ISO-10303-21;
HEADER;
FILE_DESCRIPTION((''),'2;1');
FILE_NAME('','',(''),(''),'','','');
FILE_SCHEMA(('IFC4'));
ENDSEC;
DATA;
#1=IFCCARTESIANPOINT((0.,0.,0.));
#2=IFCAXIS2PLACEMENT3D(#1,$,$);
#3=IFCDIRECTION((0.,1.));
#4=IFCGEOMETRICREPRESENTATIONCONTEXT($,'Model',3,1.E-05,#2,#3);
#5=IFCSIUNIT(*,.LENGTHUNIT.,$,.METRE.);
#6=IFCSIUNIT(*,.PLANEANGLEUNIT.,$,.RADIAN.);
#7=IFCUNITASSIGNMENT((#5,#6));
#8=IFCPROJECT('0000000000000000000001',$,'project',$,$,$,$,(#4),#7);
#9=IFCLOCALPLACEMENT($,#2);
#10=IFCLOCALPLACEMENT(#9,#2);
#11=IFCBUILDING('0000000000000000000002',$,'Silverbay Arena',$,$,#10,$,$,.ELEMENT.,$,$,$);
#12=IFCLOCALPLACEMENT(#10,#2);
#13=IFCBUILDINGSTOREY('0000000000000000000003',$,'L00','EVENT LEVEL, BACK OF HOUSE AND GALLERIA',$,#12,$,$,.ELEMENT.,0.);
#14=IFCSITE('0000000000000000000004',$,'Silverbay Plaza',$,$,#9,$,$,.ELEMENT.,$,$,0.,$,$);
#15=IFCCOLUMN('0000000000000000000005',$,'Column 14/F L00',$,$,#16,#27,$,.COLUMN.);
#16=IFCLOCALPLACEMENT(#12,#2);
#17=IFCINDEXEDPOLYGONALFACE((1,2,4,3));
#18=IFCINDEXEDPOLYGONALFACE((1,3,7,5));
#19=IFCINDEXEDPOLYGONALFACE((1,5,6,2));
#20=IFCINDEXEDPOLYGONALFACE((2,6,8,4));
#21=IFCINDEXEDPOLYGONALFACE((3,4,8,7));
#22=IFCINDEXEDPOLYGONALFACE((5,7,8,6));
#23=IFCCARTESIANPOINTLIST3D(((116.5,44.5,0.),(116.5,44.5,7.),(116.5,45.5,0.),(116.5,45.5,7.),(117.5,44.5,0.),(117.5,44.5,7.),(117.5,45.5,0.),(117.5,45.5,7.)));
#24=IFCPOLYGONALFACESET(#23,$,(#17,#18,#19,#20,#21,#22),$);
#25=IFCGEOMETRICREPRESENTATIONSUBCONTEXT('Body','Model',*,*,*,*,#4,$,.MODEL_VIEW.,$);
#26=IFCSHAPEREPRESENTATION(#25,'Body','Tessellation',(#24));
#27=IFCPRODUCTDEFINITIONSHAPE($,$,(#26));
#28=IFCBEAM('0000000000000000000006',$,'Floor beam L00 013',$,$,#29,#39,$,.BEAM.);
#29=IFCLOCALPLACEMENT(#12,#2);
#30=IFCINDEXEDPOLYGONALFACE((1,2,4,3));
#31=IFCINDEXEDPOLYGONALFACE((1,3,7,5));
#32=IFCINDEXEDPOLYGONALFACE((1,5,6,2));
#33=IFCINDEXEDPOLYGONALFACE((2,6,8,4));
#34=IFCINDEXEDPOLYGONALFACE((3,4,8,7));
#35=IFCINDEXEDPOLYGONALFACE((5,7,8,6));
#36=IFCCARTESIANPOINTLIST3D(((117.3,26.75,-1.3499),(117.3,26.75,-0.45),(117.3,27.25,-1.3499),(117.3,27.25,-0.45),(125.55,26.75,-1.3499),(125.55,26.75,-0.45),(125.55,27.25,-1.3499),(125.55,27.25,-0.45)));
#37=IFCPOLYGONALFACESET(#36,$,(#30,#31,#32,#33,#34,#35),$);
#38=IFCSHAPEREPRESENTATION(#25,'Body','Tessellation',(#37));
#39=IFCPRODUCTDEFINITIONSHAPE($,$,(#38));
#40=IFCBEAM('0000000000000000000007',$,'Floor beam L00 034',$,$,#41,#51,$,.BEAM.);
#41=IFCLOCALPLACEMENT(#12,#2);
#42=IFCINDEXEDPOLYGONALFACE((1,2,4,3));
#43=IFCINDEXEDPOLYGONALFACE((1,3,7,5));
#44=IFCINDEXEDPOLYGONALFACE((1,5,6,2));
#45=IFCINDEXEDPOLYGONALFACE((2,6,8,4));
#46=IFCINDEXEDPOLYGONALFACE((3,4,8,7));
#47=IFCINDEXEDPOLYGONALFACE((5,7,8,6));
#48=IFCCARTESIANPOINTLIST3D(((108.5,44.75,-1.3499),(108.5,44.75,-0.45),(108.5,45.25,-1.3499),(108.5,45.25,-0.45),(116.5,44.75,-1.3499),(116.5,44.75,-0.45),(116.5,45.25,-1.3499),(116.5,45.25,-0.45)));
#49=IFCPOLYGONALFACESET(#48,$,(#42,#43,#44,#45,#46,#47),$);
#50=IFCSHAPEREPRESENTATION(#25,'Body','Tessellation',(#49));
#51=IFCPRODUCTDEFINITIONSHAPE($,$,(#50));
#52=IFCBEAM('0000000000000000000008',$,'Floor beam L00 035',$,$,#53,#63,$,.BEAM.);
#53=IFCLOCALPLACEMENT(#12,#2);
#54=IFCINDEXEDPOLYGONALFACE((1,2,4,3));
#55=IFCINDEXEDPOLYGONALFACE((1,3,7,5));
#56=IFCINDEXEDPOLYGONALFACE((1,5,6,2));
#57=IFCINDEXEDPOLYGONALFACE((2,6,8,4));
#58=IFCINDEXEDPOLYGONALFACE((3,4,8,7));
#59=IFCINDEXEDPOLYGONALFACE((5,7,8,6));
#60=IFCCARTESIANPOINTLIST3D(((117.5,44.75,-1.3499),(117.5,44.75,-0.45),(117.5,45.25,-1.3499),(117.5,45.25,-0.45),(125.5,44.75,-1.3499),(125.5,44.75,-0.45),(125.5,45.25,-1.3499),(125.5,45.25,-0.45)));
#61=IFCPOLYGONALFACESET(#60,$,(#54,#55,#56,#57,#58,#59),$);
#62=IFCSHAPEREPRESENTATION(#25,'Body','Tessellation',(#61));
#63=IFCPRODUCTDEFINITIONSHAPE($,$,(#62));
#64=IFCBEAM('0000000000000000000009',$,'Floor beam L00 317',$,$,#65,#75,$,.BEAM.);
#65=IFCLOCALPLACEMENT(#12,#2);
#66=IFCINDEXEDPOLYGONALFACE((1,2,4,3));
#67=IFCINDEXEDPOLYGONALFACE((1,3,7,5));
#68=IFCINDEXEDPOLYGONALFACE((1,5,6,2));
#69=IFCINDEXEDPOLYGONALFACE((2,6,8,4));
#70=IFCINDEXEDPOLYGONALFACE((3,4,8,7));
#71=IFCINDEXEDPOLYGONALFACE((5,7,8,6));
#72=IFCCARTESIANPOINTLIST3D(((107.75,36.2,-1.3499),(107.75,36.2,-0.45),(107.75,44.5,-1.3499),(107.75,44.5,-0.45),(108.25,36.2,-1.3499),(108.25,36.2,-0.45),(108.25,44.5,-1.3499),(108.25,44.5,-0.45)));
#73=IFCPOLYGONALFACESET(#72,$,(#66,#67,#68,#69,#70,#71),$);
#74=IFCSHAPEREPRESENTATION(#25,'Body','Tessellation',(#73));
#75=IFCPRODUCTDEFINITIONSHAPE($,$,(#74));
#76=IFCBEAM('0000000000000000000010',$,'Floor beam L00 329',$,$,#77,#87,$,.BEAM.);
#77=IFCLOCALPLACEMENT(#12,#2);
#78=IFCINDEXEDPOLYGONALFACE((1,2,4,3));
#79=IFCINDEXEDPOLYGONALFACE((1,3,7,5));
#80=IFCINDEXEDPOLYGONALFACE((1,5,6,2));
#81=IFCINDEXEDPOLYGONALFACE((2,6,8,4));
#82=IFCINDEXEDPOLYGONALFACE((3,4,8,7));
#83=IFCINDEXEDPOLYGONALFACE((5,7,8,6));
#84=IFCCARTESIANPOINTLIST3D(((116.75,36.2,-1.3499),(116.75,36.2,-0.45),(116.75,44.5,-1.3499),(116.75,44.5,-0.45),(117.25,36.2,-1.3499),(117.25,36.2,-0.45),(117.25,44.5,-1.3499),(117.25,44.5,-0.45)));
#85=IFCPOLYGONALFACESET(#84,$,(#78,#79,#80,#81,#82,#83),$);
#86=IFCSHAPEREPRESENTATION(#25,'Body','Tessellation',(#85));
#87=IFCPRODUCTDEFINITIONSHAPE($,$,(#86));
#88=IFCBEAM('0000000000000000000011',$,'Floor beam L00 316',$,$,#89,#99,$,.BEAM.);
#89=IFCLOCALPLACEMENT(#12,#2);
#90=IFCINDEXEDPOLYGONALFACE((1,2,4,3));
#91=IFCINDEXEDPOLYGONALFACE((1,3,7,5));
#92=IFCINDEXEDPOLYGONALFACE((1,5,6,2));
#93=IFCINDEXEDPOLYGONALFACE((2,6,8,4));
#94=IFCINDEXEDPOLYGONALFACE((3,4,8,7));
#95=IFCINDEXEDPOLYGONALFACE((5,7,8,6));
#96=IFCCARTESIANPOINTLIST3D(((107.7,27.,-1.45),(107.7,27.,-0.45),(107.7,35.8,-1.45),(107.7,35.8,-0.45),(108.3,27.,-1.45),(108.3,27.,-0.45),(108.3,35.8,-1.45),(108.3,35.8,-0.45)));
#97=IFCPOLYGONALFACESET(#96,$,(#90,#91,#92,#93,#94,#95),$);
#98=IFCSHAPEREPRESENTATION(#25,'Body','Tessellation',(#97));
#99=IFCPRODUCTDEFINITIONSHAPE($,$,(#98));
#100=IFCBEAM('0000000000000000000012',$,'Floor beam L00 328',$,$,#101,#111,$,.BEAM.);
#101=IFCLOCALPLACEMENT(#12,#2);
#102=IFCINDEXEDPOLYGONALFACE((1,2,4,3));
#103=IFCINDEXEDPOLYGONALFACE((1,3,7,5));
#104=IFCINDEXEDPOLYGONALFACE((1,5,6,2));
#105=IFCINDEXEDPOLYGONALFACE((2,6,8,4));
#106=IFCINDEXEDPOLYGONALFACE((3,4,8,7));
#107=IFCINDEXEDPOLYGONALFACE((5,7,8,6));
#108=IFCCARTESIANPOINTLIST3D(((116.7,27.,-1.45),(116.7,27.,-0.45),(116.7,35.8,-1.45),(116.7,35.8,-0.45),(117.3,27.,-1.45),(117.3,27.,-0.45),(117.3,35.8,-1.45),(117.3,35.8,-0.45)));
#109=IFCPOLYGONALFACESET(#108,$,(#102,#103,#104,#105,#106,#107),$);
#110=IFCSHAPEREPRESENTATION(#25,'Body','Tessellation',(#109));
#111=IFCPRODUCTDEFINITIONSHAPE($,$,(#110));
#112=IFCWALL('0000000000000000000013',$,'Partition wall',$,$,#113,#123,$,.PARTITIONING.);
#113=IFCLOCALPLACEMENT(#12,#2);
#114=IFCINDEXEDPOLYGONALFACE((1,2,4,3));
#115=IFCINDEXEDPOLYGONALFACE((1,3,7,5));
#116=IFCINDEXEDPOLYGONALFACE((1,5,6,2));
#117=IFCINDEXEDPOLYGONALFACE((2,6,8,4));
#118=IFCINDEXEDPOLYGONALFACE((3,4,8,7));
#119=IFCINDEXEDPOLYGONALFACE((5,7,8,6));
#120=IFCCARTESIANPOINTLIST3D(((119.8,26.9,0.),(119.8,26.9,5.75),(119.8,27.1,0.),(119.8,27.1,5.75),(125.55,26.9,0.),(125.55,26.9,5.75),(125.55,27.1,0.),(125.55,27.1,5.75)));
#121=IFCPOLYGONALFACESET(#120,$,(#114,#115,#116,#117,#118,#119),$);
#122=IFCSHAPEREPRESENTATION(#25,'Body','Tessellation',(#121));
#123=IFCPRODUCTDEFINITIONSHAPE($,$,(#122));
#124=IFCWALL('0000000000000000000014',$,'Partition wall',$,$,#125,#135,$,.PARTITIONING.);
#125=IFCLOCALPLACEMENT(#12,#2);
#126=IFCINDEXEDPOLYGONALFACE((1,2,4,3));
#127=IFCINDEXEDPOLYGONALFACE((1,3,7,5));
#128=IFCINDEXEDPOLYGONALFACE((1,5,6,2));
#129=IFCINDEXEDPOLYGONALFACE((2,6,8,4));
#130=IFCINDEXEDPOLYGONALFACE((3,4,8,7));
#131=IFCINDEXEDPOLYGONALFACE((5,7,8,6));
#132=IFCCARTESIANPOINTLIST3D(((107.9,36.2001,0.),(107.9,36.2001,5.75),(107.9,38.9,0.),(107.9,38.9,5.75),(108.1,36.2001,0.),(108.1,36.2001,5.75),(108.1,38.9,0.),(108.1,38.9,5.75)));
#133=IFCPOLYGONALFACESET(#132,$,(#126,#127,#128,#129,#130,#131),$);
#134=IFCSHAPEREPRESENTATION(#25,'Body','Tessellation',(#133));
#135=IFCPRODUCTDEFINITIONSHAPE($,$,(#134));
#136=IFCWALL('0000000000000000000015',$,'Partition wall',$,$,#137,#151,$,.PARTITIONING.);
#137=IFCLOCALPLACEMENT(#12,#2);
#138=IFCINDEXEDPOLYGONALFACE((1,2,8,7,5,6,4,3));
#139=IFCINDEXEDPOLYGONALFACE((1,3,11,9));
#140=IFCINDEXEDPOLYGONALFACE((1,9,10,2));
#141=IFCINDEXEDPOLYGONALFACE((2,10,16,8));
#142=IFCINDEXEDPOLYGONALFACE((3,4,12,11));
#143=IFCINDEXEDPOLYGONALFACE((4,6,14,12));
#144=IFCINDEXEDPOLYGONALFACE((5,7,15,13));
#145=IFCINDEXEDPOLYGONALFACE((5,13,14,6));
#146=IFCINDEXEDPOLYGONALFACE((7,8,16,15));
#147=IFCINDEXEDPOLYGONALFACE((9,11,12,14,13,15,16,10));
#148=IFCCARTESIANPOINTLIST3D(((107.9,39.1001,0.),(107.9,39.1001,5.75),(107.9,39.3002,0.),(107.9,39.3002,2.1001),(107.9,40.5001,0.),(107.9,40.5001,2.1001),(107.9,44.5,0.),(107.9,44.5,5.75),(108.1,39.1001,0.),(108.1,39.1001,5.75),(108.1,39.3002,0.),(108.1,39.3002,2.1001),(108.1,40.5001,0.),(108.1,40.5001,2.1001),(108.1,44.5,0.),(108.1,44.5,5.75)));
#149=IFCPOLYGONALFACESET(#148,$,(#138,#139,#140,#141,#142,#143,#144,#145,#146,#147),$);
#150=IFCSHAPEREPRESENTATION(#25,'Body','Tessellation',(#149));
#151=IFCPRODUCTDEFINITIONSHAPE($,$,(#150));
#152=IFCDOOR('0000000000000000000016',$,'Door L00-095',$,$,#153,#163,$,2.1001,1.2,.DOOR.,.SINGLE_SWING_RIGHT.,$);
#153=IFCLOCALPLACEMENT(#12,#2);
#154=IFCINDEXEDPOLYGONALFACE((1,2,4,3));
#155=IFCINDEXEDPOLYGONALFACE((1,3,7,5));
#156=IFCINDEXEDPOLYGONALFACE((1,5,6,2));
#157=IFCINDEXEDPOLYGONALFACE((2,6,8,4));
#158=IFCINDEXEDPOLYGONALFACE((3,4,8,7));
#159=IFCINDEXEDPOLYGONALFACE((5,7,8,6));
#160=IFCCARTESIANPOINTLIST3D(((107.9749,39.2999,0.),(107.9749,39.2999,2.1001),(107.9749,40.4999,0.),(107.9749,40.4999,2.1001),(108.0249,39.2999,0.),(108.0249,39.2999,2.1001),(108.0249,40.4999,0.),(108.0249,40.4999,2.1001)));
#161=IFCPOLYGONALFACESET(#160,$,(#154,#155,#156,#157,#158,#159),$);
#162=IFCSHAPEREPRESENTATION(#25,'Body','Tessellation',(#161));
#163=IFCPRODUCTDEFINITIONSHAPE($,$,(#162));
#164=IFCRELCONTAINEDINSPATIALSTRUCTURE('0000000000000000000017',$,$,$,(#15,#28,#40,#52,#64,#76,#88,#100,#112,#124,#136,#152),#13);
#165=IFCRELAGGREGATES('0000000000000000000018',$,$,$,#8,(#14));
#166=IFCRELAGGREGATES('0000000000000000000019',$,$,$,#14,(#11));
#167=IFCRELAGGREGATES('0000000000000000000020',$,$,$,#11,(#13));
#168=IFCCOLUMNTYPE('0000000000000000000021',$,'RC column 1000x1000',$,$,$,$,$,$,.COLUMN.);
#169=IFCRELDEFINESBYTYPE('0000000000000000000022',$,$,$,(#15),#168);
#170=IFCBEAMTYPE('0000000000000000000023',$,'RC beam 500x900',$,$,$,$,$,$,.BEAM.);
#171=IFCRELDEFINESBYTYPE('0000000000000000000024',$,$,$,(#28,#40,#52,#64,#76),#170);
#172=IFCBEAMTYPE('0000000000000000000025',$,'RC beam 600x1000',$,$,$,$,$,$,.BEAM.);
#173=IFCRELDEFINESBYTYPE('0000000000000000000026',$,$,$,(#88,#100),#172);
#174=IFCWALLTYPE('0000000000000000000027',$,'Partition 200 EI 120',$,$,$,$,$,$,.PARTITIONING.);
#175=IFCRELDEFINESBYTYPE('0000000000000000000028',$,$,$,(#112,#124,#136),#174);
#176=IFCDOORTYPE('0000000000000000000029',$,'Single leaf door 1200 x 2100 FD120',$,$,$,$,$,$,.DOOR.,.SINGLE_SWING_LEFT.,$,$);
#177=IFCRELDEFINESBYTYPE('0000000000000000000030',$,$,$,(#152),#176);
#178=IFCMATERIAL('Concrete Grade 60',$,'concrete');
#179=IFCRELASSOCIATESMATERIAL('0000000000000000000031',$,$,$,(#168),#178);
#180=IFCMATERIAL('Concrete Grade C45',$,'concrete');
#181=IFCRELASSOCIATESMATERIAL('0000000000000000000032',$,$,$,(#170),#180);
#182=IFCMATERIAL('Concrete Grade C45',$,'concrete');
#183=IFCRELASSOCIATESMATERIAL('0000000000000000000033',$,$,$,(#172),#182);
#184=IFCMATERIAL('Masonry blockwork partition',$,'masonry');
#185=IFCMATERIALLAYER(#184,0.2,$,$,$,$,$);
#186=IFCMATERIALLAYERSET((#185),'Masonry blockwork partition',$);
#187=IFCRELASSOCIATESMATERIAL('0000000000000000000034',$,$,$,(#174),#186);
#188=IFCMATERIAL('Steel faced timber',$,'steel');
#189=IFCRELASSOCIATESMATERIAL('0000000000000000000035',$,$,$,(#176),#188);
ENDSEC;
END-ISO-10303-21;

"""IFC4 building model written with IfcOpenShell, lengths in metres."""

from ifc_helpers import new_model, si_unit, direction, frame, frame_2d, origin, origin_2d, place, context, subcontext, project, spatial, rectangle, extrude, material, layer, layer_set, material_profile, profile_set, type_object, element, fill, save


model = new_model("IFC4")

# Units and contexts
model_context = context("Model", 3, precision=1e-05, world=origin(), true_north=direction((0.0, 1.0)))
body_context = subcontext(model_context, "Body", "Model", "MODEL_VIEW")
ifc_project = project(units=[si_unit("LENGTHUNIT", "METRE"), si_unit("PLANEANGLEUNIT", "RADIAN")], contexts=[model_context])

# Site, building, storey
site_placement = place(None, origin())
site = spatial("IfcSite", under=ifc_project, at=site_placement, Name="Silverbay Plaza", CompositionType="ELEMENT", RefElevation=0.0)
building_placement = place(site_placement, origin())
building = spatial("IfcBuilding", under=site, at=building_placement, Name="Silverbay Arena", CompositionType="ELEMENT")
storey_placement = place(building_placement, origin())
storey = spatial("IfcBuildingStorey", under=building, at=storey_placement, Name="L00", Description="EVENT LEVEL, BACK OF HOUSE AND GALLERIA", CompositionType="ELEMENT", Elevation=0.0)

# Column
ifc_material_1 = material(Name="Concrete Grade 60", Category="concrete")
ifc_material_profile_1 = material_profile(ifc_material_1, rectangle(XDim=1.0, YDim=1.0, at=origin_2d()), Name="RC 1000x1000")
ifc_profile_set_1 = profile_set([ifc_material_profile_1], Name="Concrete Grade 60")
column_type = type_object("IfcColumnType", Name="RC column 1000x1000", PredefinedType="COLUMN", material=ifc_profile_set_1)
column_placement = place(storey_placement, frame((117.0, 45.0, 0.0), z_axis=(0.0, 0.0, 1.0), x_axis=(1.0, 0.0, 0.0)))
element("IfcColumn", 1, at=column_placement, inside=storey, type_object=column_type, Name="Column 14/F L00", PredefinedType="COLUMN", context=body_context, shape_type="SweptSolid", body=[
    extrude(rectangle(XDim=1.0, YDim=1.0, at=origin_2d()), origin(), (0.0, 0.0, 1.0), 7.0),
])

# Beams
ifc_material_2 = material(Name="Concrete Grade C45", Category="concrete")
ifc_material_profile_2 = material_profile(ifc_material_2, rectangle(XDim=0.5, YDim=0.8999, at=origin_2d()), Name="RC 500x900")
ifc_profile_set_2 = profile_set([ifc_material_profile_2], Name="Concrete Grade C45")
beam_type_1 = type_object("IfcBeamType", Name="RC beam 500x900", PredefinedType="BEAM", material=ifc_profile_set_2)
beam_placement = place(storey_placement, frame((117.3, 27.0, -0.8999), z_axis=(1.0, 0.0, 0.0), x_axis=(0.0, 1.0, 0.0)))
element("IfcBeam", 2, at=beam_placement, inside=storey, type_object=beam_type_1, Name="Floor beam L00 013", PredefinedType="BEAM", context=body_context, shape_type="SweptSolid", body=[
    extrude(rectangle(XDim=0.5, YDim=0.8999, at=origin_2d()), origin(), (0.0, 0.0, 1.0), 8.25),
])
for number, where, z_axis, x_axis, name in (
    (3, (108.5, 45.0, -0.8999), (1.0, 0.0, 0.0), (0.0, 1.0, 0.0), "Floor beam L00 034"),
    (4, (117.5, 45.0, -0.8999), (1.0, 0.0, 0.0), (0.0, 1.0, 0.0), "Floor beam L00 035"),
):
    element("IfcBeam", number, at=place(storey_placement, frame(where, z_axis=z_axis, x_axis=x_axis)), inside=storey, type_object=beam_type_1, Name=name, PredefinedType="BEAM", context=body_context, shape_type="SweptSolid", body=[
        extrude(rectangle(XDim=0.5, YDim=0.8999, at=origin_2d()), origin(), (0.0, 0.0, 1.0), 8.0),
    ])
for number, where, z_axis, x_axis, name in (
    (5, (108.0, 36.2, -0.8999), (0.0, 1.0, 0.0), (-1.0, 0.0, 0.0), "Floor beam L00 317"),
    (6, (117.0, 36.2, -0.8999), (0.0, 1.0, 0.0), (-1.0, 0.0, 0.0), "Floor beam L00 329"),
):
    element("IfcBeam", number, at=place(storey_placement, frame(where, z_axis=z_axis, x_axis=x_axis)), inside=storey, type_object=beam_type_1, Name=name, PredefinedType="BEAM", context=body_context, shape_type="SweptSolid", body=[
        extrude(rectangle(XDim=0.5, YDim=0.8999, at=origin_2d()), origin(), (0.0, 0.0, 1.0), 8.3),
    ])
ifc_material_3 = material(Name="Concrete Grade C45", Category="concrete")
ifc_material_profile_3 = material_profile(ifc_material_3, rectangle(XDim=0.6001, YDim=1.0, at=origin_2d()), Name="RC 600x1000")
ifc_profile_set_3 = profile_set([ifc_material_profile_3], Name="Concrete Grade C45")
beam_type_2 = type_object("IfcBeamType", Name="RC beam 600x1000", PredefinedType="BEAM", material=ifc_profile_set_3)
for number, where, z_axis, x_axis, name in (
    (7, (108.0, 27.0, -0.95), (0.0, 1.0, 0.0), (-1.0, 0.0, 0.0), "Floor beam L00 316"),
    (8, (117.0, 27.0, -0.95), (0.0, 1.0, 0.0), (-1.0, 0.0, 0.0), "Floor beam L00 328"),
):
    element("IfcBeam", number, at=place(storey_placement, frame(where, z_axis=z_axis, x_axis=x_axis)), inside=storey, type_object=beam_type_2, Name=name, PredefinedType="BEAM", context=body_context, shape_type="SweptSolid", body=[
        extrude(rectangle(XDim=0.6001, YDim=1.0, at=origin_2d()), origin(), (0.0, 0.0, 1.0), 8.8),
    ])

# Walls
ifc_material_4 = material(Name="Masonry blockwork partition", Category="masonry")
ifc_layer_1 = layer(ifc_material_4, 0.2)
ifc_layer_set_1 = layer_set([ifc_layer_1], Name="Masonry blockwork partition")
wall_type_1 = type_object("IfcWallType", Name="Partition 200 EI 120", PredefinedType="PARTITIONING", material=ifc_layer_set_1)
wall_1_placement = place(storey_placement, frame((119.8, 27.0, 0.0), z_axis=(0.0, 0.0, 1.0), x_axis=(1.0, 0.0, 0.0)))
element("IfcWall", 9, at=wall_1_placement, inside=storey, type_object=wall_type_1, Name="Partition wall", PredefinedType="PARTITIONING", context=body_context, shape_type="SweptSolid", body=[
    extrude(rectangle(XDim=5.75, YDim=0.2, at=frame_2d((2.875, 0.0))), origin(), (0.0, 0.0, 1.0), 5.75),
])
wall_2_placement = place(storey_placement, frame((108.0, 36.2, 0.0), z_axis=(0.0, 0.0, 1.0), x_axis=(0.0, 1.0, 0.0)))
element("IfcWall", 10, at=wall_2_placement, inside=storey, type_object=wall_type_1, Name="Partition wall", PredefinedType="PARTITIONING", context=body_context, shape_type="SweptSolid", body=[
    extrude(rectangle(XDim=2.7, YDim=0.2, at=frame_2d((1.3501, 0.0))), origin(), (0.0, 0.0, 1.0), 5.75),
])

# Wall, opening, door
wall_3_placement = place(storey_placement, frame((108.0, 39.1001, 0.0), z_axis=(0.0, 0.0, 1.0), x_axis=(0.0, 1.0, 0.0)))
wall_3 = element("IfcWall", 11, at=wall_3_placement, inside=storey, type_object=wall_type_1, Name="Partition wall", PredefinedType="PARTITIONING", context=body_context, shape_type="SweptSolid", body=[
    extrude(rectangle(XDim=5.3999, YDim=0.2, at=frame_2d((2.7, 0.0))), origin(), (0.0, 0.0, 1.0), 5.75),
])
opening_1_placement = place(wall_3_placement, frame((0.2, 0.0, 0.0)))
opening_1 = element("IfcOpeningElement", 12, at=opening_1_placement, cuts=wall_3, PredefinedType="OPENING", context=body_context, shape_type="SweptSolid", body=[
    extrude(rectangle(XDim=1.2, YDim=2.1001, at=frame_2d((0.6001, 1.05))), frame((0.0, 0.1099, 0.0), z_axis=(0.0, -1.0, 0.0), x_axis=(1.0, 0.0, 0.0)), (0.0, 0.0, 1.0), 0.22),
])
ifc_material_5 = material(Name="Steel faced timber", Category="steel")
door_type_1 = type_object("IfcDoorType", Name="Single leaf door 1200 x 2100 FD120", OperationType="SINGLE_SWING_LEFT", PredefinedType="DOOR", material=ifc_material_5)
door_1_placement = place(opening_1_placement, frame((1.2, 0.0, 0.0), z_axis=(0.0, 0.0, 1.0), x_axis=(-1.0, 0.0, 0.0)))
door_1 = element("IfcDoor", 13, at=door_1_placement, inside=storey, type_object=door_type_1, Name="Door L00-095", OperationType="SINGLE_SWING_RIGHT", OverallHeight=2.1001, OverallWidth=1.2, PredefinedType="DOOR", context=body_context, shape_type="SweptSolid", body=[
    extrude(rectangle(XDim=1.2, YDim=2.1001, at=frame_2d((0.6001, 1.05))), frame((0.0, 0.0249, 0.0), z_axis=(0.0, -1.0, 0.0), x_axis=(1.0, 0.0, 0.0)), (0.0, 0.0, 1.0), 0.05),
])
fill(opening_1, door_1)

save(model, "model.ifc")
